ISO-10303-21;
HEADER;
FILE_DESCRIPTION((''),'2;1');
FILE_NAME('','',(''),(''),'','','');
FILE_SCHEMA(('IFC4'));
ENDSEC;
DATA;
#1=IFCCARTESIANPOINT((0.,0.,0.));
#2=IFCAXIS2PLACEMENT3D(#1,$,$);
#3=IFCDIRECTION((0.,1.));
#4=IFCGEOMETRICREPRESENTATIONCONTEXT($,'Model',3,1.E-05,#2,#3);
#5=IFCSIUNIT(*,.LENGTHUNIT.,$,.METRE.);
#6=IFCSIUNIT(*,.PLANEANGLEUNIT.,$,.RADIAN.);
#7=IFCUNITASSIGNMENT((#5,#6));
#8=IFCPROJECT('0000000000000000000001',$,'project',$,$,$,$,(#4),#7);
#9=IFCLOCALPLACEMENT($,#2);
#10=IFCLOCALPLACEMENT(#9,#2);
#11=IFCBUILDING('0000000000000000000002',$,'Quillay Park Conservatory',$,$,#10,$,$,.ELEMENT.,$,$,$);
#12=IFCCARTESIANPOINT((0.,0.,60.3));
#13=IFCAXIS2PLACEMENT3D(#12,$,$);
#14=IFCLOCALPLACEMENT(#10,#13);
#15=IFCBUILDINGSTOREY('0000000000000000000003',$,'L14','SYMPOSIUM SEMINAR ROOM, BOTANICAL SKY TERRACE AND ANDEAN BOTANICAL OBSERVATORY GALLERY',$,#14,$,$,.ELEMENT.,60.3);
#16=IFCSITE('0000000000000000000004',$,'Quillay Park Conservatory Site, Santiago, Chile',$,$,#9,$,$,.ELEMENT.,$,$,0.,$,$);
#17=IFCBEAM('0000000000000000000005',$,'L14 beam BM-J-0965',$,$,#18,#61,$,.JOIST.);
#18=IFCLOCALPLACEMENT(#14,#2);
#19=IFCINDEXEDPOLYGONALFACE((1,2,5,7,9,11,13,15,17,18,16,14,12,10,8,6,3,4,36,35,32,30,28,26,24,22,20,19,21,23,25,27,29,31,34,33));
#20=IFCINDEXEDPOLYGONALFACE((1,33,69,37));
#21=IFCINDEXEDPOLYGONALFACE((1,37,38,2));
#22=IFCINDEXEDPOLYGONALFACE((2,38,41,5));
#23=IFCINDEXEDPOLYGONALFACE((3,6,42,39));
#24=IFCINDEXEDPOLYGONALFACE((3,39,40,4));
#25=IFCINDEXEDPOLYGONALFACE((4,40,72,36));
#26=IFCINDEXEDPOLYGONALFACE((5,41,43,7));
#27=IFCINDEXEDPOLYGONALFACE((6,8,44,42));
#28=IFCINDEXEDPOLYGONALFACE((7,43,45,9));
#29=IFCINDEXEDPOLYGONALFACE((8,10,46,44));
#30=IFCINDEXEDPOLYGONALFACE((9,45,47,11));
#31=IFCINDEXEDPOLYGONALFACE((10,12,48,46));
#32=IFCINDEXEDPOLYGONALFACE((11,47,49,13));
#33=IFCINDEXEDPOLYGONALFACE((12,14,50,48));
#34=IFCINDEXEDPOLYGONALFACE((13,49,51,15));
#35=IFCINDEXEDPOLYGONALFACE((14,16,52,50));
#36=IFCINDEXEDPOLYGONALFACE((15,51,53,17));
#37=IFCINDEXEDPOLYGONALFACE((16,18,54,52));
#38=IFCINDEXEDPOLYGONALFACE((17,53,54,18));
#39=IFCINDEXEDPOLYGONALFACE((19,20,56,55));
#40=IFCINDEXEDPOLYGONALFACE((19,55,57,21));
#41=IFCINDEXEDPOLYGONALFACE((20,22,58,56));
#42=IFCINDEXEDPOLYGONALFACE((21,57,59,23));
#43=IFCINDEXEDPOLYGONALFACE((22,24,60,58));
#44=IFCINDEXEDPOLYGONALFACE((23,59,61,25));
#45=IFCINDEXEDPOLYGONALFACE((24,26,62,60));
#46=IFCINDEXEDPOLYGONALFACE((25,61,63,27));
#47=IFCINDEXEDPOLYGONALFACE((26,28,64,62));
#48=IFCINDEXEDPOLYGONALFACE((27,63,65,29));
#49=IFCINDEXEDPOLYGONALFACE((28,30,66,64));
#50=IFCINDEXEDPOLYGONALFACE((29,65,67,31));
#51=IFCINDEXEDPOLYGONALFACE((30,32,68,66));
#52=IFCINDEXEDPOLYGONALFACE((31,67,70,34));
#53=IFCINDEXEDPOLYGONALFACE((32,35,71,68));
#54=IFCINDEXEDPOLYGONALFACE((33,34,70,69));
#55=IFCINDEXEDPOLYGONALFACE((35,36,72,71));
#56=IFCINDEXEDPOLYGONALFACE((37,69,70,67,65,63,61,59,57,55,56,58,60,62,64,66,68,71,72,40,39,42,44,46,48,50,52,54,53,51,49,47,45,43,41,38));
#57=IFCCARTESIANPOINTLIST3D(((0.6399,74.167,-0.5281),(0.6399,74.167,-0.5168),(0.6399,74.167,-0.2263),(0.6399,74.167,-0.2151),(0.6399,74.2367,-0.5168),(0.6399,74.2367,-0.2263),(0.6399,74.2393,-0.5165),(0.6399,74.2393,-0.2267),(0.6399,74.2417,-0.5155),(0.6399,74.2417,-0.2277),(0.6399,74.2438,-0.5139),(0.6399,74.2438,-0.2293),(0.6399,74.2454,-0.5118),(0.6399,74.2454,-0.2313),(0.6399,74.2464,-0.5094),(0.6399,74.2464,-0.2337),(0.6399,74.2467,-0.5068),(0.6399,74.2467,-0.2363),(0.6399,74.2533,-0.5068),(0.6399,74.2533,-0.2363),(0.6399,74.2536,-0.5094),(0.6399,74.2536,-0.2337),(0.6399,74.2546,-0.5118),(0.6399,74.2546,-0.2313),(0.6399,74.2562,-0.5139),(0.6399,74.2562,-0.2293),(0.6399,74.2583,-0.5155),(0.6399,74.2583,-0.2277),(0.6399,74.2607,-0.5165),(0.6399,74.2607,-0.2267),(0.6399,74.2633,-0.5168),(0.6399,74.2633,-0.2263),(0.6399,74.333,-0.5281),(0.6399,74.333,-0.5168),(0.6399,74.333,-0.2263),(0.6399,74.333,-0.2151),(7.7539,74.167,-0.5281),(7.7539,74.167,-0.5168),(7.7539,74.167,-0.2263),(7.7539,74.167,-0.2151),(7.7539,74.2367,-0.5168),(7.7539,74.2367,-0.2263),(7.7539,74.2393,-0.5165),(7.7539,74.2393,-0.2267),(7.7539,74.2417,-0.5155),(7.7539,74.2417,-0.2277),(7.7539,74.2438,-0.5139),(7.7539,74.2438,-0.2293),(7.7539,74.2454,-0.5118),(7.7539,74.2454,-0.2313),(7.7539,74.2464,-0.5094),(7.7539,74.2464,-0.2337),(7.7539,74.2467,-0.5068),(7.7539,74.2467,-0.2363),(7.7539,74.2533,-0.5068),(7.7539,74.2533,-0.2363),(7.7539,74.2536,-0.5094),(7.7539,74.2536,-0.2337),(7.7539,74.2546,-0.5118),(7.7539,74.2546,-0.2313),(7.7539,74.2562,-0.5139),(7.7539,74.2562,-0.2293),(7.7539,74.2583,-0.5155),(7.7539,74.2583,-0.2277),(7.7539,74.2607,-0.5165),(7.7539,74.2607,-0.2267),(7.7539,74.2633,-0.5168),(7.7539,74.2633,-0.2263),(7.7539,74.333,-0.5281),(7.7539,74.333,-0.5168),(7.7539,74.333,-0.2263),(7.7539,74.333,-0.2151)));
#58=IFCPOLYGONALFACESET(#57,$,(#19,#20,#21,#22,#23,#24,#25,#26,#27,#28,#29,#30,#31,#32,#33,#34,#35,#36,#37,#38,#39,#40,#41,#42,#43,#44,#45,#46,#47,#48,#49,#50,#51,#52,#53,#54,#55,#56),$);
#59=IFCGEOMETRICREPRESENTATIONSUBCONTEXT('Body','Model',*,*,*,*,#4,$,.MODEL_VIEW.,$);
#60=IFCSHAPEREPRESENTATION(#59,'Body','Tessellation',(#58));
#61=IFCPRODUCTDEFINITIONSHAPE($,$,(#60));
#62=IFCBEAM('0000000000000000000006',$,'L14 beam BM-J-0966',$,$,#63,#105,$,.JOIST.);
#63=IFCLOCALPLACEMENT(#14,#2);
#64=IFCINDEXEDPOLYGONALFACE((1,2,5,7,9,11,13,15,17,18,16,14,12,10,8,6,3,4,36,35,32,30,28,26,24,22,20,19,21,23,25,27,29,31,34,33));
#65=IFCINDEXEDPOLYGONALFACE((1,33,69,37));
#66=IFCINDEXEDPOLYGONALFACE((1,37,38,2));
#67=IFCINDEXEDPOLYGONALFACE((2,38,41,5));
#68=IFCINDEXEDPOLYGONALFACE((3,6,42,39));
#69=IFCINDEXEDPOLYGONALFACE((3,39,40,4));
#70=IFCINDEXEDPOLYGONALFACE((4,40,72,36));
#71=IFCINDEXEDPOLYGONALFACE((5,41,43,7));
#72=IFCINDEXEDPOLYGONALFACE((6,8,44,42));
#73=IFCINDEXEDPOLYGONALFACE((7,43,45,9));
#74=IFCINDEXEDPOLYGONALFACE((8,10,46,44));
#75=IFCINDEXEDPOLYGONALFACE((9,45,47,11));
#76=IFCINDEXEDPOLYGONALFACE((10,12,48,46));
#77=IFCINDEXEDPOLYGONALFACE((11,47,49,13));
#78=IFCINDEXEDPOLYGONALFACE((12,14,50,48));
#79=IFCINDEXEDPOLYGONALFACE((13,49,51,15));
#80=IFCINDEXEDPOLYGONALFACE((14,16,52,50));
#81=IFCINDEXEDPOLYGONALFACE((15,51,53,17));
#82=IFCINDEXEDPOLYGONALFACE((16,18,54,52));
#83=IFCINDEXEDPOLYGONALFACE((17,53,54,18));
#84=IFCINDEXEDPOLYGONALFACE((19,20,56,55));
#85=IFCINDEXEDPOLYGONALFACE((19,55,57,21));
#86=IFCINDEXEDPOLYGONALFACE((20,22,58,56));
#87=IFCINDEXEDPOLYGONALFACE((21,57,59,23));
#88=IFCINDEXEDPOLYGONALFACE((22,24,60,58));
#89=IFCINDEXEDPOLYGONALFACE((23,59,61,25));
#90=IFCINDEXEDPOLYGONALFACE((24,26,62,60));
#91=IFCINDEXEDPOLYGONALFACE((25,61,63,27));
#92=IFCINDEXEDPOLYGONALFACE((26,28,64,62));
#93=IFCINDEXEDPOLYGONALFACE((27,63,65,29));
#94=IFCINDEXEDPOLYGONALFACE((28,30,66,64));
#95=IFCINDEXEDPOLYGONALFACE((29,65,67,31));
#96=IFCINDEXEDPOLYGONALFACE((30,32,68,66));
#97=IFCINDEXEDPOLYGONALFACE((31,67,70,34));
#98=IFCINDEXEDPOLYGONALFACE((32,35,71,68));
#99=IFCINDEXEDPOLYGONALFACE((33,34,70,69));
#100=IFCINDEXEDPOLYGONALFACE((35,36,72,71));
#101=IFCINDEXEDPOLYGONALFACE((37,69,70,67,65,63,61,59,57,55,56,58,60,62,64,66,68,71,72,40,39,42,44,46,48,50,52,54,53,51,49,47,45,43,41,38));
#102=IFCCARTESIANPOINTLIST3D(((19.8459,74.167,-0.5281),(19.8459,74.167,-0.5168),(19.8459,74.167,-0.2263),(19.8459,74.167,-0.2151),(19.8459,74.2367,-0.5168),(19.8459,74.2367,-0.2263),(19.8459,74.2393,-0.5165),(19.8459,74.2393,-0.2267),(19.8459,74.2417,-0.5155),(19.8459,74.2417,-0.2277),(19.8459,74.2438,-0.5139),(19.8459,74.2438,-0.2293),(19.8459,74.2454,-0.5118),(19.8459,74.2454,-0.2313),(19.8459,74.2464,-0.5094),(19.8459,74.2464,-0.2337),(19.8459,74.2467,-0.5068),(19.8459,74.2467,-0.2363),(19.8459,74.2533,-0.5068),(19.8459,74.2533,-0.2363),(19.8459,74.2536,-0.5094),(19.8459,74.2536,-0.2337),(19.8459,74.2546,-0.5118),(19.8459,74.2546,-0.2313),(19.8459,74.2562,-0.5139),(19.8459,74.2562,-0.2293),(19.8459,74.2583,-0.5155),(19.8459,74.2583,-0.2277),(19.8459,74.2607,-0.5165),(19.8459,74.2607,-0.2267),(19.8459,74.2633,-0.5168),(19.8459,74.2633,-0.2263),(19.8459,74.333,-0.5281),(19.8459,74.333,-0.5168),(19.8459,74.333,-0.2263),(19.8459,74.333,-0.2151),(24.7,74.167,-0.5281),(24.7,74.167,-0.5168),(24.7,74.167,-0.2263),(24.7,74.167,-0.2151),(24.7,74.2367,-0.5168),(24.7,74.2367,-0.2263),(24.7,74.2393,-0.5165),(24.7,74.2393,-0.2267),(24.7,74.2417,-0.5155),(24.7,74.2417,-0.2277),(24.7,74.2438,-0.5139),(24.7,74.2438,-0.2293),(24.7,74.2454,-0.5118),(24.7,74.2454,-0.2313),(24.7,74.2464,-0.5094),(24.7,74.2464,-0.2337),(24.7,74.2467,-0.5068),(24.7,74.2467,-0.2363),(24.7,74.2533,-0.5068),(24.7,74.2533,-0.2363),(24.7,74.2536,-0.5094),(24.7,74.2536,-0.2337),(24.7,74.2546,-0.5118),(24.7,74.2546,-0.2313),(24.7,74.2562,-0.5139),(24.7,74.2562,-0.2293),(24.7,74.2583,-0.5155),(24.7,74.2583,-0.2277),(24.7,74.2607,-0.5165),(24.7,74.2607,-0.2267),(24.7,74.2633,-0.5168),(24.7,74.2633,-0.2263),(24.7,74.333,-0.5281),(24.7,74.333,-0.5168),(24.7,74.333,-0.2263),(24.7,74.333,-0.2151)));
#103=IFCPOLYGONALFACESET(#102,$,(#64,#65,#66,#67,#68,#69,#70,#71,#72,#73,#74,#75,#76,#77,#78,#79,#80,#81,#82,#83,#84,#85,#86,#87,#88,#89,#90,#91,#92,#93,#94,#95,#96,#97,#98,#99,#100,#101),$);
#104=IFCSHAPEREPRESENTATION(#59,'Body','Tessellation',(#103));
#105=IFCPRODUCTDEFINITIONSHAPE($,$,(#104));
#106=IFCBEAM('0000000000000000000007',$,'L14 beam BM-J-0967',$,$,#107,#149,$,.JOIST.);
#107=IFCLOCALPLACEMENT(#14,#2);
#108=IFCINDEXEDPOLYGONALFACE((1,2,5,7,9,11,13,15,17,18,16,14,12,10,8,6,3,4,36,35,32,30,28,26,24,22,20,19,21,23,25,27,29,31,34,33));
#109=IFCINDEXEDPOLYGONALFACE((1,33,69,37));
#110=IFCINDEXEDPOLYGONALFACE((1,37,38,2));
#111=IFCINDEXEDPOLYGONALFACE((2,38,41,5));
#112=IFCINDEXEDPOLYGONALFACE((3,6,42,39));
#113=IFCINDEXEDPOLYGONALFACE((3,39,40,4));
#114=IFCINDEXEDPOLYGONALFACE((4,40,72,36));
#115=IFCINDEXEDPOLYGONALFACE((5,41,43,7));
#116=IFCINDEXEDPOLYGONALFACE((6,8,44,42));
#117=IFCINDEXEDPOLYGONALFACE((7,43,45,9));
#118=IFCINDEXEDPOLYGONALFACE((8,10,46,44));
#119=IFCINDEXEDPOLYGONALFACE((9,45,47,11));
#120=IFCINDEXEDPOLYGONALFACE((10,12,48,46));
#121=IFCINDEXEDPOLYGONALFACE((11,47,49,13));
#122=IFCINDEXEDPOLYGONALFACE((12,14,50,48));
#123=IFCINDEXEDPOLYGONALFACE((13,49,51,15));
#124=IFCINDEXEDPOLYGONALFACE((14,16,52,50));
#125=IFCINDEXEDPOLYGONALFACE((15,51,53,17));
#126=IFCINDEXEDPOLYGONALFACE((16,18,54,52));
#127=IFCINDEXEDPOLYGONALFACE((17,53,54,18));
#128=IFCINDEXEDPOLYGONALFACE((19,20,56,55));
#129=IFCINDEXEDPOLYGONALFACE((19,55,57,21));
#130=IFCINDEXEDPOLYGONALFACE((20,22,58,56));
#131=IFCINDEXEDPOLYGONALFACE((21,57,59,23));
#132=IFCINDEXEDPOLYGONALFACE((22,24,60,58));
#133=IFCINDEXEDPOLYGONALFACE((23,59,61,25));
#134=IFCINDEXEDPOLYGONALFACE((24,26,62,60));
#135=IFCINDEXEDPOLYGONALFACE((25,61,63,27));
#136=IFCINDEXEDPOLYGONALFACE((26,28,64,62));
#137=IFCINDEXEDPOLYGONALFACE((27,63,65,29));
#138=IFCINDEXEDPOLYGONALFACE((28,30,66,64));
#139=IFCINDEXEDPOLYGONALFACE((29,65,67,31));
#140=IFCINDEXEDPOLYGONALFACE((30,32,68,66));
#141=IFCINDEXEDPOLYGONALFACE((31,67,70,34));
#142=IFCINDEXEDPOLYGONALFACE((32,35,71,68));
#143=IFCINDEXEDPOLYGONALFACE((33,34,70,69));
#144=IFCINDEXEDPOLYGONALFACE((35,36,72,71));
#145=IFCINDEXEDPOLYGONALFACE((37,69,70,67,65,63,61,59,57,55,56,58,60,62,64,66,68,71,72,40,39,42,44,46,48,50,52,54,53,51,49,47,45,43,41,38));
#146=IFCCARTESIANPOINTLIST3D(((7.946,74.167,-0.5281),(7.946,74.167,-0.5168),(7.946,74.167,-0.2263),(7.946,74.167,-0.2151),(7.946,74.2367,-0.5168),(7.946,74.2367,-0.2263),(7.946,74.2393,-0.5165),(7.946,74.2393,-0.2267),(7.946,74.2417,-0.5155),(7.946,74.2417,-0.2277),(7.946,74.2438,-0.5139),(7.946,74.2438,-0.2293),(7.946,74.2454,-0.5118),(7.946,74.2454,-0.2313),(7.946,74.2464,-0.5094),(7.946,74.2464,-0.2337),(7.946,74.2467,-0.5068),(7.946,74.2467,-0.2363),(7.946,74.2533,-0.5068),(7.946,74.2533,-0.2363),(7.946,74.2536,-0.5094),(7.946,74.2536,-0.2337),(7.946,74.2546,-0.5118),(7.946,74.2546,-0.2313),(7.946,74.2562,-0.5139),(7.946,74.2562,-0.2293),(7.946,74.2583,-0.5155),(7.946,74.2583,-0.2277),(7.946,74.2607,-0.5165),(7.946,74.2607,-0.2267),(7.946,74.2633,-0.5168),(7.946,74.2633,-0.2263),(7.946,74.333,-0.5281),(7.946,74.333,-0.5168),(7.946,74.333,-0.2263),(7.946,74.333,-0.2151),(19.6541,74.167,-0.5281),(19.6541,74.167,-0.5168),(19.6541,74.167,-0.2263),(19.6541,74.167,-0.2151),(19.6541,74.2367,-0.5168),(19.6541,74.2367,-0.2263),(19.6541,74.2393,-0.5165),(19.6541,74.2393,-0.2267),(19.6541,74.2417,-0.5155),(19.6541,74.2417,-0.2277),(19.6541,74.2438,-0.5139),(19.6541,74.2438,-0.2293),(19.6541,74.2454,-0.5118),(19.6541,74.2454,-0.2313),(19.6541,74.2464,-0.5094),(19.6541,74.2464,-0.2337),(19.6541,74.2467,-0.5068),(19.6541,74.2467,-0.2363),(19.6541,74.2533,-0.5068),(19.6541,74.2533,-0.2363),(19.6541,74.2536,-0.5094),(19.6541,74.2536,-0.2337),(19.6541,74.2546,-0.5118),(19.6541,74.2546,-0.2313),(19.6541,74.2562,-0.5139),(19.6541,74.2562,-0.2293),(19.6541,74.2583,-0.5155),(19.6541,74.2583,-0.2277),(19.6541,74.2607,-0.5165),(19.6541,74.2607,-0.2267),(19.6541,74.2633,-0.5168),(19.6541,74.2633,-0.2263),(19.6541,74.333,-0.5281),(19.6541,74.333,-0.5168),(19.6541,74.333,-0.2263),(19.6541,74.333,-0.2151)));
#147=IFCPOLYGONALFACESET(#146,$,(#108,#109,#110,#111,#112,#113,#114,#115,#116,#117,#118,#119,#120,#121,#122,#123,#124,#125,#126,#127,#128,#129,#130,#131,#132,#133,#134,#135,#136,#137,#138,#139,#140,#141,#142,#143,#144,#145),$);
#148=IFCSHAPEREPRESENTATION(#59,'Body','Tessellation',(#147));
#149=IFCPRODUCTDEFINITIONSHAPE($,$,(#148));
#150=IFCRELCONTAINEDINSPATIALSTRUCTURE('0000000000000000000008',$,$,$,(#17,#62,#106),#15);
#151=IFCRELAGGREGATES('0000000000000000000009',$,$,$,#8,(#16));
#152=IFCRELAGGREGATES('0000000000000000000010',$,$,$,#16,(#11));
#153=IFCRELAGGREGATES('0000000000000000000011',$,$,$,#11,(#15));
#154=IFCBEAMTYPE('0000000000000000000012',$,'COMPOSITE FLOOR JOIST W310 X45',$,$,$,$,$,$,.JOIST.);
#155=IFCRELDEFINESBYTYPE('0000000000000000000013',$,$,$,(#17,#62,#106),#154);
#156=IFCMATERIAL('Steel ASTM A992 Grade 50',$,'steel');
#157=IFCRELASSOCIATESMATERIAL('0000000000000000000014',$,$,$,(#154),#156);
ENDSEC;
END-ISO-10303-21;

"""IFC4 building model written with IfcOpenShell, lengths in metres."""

from ifc_helpers import new_model, si_unit, direction, frame, origin, origin_2d, place, context, subcontext, project, spatial, i_section, extrude, material, material_profile, profile_set, type_object, element, save


model = new_model("IFC4")

# Units and contexts
model_context = context("Model", 3, precision=1e-05, world=origin(), true_north=direction((0.0, 1.0)))
body_context = subcontext(model_context, "Body", "Model", "MODEL_VIEW")
ifc_project = project(units=[si_unit("LENGTHUNIT", "METRE"), si_unit("PLANEANGLEUNIT", "RADIAN")], contexts=[model_context])

# Site, building, storey
site_placement = place(None, origin())
site = spatial("IfcSite", under=ifc_project, at=site_placement, Name="Quillay Park Conservatory Site, Santiago, Chile", CompositionType="ELEMENT", RefElevation=0.0)
building_placement = place(site_placement, origin())
building = spatial("IfcBuilding", under=site, at=building_placement, Name="Quillay Park Conservatory", CompositionType="ELEMENT")
storey_placement = place(building_placement, frame((0.0, 0.0, 60.3)))
storey = spatial("IfcBuildingStorey", under=building, at=storey_placement, Name="L14", Description="SYMPOSIUM SEMINAR ROOM, BOTANICAL SKY TERRACE AND ANDEAN BOTANICAL OBSERVATORY GALLERY", CompositionType="ELEMENT", Elevation=60.3)

# Beams
ifc_material_1 = material(Name="Steel ASTM A992 Grade 50", Category="steel")
ifc_material_profile_1 = material_profile(ifc_material_1, i_section(OverallWidth=0.166, OverallDepth=0.313, WebThickness=0.0066, FlangeThickness=0.0112, FilletRadius=0.01, at=origin_2d()), Name="W310x45")
ifc_profile_set_1 = profile_set([ifc_material_profile_1], Name="Steel ASTM A992 Grade 50")
beam_type_1 = type_object("IfcBeamType", Name="COMPOSITE FLOOR JOIST W310 X45", PredefinedType="JOIST", material=ifc_profile_set_1)
beam_1_placement = place(storey_placement, frame((0.6399, 74.25, -0.3716), z_axis=(1.0, 0.0, 0.0), x_axis=(0.0, 1.0, 0.0)))
element("IfcBeam", 1, at=beam_1_placement, inside=storey, type_object=beam_type_1, Name="L14 beam BM-J-0965", PredefinedType="JOIST", context=body_context, shape_type="SweptSolid", body=[
    extrude(i_section(OverallWidth=0.166, OverallDepth=0.313, WebThickness=0.0066, FlangeThickness=0.0112, FilletRadius=0.01, at=origin_2d()), origin(), (0.0, 0.0, 1.0), 7.114),
])
beam_2_placement = place(storey_placement, frame((19.8459, 74.25, -0.3716), z_axis=(1.0, 0.0, 0.0), x_axis=(0.0, 1.0, 0.0)))
element("IfcBeam", 2, at=beam_2_placement, inside=storey, type_object=beam_type_1, Name="L14 beam BM-J-0966", PredefinedType="JOIST", context=body_context, shape_type="SweptSolid", body=[
    extrude(i_section(OverallWidth=0.166, OverallDepth=0.313, WebThickness=0.0066, FlangeThickness=0.0112, FilletRadius=0.01, at=origin_2d()), origin(), (0.0, 0.0, 1.0), 4.854),
])
beam_3_placement = place(storey_placement, frame((7.946, 74.25, -0.3716), z_axis=(1.0, 0.0, 0.0), x_axis=(0.0, 1.0, 0.0)))
element("IfcBeam", 3, at=beam_3_placement, inside=storey, type_object=beam_type_1, Name="L14 beam BM-J-0967", PredefinedType="JOIST", context=body_context, shape_type="SweptSolid", body=[
    extrude(i_section(OverallWidth=0.166, OverallDepth=0.313, WebThickness=0.0066, FlangeThickness=0.0112, FilletRadius=0.01, at=origin_2d()), origin(), (0.0, 0.0, 1.0), 11.708),
])

save(model, "model.ifc")
